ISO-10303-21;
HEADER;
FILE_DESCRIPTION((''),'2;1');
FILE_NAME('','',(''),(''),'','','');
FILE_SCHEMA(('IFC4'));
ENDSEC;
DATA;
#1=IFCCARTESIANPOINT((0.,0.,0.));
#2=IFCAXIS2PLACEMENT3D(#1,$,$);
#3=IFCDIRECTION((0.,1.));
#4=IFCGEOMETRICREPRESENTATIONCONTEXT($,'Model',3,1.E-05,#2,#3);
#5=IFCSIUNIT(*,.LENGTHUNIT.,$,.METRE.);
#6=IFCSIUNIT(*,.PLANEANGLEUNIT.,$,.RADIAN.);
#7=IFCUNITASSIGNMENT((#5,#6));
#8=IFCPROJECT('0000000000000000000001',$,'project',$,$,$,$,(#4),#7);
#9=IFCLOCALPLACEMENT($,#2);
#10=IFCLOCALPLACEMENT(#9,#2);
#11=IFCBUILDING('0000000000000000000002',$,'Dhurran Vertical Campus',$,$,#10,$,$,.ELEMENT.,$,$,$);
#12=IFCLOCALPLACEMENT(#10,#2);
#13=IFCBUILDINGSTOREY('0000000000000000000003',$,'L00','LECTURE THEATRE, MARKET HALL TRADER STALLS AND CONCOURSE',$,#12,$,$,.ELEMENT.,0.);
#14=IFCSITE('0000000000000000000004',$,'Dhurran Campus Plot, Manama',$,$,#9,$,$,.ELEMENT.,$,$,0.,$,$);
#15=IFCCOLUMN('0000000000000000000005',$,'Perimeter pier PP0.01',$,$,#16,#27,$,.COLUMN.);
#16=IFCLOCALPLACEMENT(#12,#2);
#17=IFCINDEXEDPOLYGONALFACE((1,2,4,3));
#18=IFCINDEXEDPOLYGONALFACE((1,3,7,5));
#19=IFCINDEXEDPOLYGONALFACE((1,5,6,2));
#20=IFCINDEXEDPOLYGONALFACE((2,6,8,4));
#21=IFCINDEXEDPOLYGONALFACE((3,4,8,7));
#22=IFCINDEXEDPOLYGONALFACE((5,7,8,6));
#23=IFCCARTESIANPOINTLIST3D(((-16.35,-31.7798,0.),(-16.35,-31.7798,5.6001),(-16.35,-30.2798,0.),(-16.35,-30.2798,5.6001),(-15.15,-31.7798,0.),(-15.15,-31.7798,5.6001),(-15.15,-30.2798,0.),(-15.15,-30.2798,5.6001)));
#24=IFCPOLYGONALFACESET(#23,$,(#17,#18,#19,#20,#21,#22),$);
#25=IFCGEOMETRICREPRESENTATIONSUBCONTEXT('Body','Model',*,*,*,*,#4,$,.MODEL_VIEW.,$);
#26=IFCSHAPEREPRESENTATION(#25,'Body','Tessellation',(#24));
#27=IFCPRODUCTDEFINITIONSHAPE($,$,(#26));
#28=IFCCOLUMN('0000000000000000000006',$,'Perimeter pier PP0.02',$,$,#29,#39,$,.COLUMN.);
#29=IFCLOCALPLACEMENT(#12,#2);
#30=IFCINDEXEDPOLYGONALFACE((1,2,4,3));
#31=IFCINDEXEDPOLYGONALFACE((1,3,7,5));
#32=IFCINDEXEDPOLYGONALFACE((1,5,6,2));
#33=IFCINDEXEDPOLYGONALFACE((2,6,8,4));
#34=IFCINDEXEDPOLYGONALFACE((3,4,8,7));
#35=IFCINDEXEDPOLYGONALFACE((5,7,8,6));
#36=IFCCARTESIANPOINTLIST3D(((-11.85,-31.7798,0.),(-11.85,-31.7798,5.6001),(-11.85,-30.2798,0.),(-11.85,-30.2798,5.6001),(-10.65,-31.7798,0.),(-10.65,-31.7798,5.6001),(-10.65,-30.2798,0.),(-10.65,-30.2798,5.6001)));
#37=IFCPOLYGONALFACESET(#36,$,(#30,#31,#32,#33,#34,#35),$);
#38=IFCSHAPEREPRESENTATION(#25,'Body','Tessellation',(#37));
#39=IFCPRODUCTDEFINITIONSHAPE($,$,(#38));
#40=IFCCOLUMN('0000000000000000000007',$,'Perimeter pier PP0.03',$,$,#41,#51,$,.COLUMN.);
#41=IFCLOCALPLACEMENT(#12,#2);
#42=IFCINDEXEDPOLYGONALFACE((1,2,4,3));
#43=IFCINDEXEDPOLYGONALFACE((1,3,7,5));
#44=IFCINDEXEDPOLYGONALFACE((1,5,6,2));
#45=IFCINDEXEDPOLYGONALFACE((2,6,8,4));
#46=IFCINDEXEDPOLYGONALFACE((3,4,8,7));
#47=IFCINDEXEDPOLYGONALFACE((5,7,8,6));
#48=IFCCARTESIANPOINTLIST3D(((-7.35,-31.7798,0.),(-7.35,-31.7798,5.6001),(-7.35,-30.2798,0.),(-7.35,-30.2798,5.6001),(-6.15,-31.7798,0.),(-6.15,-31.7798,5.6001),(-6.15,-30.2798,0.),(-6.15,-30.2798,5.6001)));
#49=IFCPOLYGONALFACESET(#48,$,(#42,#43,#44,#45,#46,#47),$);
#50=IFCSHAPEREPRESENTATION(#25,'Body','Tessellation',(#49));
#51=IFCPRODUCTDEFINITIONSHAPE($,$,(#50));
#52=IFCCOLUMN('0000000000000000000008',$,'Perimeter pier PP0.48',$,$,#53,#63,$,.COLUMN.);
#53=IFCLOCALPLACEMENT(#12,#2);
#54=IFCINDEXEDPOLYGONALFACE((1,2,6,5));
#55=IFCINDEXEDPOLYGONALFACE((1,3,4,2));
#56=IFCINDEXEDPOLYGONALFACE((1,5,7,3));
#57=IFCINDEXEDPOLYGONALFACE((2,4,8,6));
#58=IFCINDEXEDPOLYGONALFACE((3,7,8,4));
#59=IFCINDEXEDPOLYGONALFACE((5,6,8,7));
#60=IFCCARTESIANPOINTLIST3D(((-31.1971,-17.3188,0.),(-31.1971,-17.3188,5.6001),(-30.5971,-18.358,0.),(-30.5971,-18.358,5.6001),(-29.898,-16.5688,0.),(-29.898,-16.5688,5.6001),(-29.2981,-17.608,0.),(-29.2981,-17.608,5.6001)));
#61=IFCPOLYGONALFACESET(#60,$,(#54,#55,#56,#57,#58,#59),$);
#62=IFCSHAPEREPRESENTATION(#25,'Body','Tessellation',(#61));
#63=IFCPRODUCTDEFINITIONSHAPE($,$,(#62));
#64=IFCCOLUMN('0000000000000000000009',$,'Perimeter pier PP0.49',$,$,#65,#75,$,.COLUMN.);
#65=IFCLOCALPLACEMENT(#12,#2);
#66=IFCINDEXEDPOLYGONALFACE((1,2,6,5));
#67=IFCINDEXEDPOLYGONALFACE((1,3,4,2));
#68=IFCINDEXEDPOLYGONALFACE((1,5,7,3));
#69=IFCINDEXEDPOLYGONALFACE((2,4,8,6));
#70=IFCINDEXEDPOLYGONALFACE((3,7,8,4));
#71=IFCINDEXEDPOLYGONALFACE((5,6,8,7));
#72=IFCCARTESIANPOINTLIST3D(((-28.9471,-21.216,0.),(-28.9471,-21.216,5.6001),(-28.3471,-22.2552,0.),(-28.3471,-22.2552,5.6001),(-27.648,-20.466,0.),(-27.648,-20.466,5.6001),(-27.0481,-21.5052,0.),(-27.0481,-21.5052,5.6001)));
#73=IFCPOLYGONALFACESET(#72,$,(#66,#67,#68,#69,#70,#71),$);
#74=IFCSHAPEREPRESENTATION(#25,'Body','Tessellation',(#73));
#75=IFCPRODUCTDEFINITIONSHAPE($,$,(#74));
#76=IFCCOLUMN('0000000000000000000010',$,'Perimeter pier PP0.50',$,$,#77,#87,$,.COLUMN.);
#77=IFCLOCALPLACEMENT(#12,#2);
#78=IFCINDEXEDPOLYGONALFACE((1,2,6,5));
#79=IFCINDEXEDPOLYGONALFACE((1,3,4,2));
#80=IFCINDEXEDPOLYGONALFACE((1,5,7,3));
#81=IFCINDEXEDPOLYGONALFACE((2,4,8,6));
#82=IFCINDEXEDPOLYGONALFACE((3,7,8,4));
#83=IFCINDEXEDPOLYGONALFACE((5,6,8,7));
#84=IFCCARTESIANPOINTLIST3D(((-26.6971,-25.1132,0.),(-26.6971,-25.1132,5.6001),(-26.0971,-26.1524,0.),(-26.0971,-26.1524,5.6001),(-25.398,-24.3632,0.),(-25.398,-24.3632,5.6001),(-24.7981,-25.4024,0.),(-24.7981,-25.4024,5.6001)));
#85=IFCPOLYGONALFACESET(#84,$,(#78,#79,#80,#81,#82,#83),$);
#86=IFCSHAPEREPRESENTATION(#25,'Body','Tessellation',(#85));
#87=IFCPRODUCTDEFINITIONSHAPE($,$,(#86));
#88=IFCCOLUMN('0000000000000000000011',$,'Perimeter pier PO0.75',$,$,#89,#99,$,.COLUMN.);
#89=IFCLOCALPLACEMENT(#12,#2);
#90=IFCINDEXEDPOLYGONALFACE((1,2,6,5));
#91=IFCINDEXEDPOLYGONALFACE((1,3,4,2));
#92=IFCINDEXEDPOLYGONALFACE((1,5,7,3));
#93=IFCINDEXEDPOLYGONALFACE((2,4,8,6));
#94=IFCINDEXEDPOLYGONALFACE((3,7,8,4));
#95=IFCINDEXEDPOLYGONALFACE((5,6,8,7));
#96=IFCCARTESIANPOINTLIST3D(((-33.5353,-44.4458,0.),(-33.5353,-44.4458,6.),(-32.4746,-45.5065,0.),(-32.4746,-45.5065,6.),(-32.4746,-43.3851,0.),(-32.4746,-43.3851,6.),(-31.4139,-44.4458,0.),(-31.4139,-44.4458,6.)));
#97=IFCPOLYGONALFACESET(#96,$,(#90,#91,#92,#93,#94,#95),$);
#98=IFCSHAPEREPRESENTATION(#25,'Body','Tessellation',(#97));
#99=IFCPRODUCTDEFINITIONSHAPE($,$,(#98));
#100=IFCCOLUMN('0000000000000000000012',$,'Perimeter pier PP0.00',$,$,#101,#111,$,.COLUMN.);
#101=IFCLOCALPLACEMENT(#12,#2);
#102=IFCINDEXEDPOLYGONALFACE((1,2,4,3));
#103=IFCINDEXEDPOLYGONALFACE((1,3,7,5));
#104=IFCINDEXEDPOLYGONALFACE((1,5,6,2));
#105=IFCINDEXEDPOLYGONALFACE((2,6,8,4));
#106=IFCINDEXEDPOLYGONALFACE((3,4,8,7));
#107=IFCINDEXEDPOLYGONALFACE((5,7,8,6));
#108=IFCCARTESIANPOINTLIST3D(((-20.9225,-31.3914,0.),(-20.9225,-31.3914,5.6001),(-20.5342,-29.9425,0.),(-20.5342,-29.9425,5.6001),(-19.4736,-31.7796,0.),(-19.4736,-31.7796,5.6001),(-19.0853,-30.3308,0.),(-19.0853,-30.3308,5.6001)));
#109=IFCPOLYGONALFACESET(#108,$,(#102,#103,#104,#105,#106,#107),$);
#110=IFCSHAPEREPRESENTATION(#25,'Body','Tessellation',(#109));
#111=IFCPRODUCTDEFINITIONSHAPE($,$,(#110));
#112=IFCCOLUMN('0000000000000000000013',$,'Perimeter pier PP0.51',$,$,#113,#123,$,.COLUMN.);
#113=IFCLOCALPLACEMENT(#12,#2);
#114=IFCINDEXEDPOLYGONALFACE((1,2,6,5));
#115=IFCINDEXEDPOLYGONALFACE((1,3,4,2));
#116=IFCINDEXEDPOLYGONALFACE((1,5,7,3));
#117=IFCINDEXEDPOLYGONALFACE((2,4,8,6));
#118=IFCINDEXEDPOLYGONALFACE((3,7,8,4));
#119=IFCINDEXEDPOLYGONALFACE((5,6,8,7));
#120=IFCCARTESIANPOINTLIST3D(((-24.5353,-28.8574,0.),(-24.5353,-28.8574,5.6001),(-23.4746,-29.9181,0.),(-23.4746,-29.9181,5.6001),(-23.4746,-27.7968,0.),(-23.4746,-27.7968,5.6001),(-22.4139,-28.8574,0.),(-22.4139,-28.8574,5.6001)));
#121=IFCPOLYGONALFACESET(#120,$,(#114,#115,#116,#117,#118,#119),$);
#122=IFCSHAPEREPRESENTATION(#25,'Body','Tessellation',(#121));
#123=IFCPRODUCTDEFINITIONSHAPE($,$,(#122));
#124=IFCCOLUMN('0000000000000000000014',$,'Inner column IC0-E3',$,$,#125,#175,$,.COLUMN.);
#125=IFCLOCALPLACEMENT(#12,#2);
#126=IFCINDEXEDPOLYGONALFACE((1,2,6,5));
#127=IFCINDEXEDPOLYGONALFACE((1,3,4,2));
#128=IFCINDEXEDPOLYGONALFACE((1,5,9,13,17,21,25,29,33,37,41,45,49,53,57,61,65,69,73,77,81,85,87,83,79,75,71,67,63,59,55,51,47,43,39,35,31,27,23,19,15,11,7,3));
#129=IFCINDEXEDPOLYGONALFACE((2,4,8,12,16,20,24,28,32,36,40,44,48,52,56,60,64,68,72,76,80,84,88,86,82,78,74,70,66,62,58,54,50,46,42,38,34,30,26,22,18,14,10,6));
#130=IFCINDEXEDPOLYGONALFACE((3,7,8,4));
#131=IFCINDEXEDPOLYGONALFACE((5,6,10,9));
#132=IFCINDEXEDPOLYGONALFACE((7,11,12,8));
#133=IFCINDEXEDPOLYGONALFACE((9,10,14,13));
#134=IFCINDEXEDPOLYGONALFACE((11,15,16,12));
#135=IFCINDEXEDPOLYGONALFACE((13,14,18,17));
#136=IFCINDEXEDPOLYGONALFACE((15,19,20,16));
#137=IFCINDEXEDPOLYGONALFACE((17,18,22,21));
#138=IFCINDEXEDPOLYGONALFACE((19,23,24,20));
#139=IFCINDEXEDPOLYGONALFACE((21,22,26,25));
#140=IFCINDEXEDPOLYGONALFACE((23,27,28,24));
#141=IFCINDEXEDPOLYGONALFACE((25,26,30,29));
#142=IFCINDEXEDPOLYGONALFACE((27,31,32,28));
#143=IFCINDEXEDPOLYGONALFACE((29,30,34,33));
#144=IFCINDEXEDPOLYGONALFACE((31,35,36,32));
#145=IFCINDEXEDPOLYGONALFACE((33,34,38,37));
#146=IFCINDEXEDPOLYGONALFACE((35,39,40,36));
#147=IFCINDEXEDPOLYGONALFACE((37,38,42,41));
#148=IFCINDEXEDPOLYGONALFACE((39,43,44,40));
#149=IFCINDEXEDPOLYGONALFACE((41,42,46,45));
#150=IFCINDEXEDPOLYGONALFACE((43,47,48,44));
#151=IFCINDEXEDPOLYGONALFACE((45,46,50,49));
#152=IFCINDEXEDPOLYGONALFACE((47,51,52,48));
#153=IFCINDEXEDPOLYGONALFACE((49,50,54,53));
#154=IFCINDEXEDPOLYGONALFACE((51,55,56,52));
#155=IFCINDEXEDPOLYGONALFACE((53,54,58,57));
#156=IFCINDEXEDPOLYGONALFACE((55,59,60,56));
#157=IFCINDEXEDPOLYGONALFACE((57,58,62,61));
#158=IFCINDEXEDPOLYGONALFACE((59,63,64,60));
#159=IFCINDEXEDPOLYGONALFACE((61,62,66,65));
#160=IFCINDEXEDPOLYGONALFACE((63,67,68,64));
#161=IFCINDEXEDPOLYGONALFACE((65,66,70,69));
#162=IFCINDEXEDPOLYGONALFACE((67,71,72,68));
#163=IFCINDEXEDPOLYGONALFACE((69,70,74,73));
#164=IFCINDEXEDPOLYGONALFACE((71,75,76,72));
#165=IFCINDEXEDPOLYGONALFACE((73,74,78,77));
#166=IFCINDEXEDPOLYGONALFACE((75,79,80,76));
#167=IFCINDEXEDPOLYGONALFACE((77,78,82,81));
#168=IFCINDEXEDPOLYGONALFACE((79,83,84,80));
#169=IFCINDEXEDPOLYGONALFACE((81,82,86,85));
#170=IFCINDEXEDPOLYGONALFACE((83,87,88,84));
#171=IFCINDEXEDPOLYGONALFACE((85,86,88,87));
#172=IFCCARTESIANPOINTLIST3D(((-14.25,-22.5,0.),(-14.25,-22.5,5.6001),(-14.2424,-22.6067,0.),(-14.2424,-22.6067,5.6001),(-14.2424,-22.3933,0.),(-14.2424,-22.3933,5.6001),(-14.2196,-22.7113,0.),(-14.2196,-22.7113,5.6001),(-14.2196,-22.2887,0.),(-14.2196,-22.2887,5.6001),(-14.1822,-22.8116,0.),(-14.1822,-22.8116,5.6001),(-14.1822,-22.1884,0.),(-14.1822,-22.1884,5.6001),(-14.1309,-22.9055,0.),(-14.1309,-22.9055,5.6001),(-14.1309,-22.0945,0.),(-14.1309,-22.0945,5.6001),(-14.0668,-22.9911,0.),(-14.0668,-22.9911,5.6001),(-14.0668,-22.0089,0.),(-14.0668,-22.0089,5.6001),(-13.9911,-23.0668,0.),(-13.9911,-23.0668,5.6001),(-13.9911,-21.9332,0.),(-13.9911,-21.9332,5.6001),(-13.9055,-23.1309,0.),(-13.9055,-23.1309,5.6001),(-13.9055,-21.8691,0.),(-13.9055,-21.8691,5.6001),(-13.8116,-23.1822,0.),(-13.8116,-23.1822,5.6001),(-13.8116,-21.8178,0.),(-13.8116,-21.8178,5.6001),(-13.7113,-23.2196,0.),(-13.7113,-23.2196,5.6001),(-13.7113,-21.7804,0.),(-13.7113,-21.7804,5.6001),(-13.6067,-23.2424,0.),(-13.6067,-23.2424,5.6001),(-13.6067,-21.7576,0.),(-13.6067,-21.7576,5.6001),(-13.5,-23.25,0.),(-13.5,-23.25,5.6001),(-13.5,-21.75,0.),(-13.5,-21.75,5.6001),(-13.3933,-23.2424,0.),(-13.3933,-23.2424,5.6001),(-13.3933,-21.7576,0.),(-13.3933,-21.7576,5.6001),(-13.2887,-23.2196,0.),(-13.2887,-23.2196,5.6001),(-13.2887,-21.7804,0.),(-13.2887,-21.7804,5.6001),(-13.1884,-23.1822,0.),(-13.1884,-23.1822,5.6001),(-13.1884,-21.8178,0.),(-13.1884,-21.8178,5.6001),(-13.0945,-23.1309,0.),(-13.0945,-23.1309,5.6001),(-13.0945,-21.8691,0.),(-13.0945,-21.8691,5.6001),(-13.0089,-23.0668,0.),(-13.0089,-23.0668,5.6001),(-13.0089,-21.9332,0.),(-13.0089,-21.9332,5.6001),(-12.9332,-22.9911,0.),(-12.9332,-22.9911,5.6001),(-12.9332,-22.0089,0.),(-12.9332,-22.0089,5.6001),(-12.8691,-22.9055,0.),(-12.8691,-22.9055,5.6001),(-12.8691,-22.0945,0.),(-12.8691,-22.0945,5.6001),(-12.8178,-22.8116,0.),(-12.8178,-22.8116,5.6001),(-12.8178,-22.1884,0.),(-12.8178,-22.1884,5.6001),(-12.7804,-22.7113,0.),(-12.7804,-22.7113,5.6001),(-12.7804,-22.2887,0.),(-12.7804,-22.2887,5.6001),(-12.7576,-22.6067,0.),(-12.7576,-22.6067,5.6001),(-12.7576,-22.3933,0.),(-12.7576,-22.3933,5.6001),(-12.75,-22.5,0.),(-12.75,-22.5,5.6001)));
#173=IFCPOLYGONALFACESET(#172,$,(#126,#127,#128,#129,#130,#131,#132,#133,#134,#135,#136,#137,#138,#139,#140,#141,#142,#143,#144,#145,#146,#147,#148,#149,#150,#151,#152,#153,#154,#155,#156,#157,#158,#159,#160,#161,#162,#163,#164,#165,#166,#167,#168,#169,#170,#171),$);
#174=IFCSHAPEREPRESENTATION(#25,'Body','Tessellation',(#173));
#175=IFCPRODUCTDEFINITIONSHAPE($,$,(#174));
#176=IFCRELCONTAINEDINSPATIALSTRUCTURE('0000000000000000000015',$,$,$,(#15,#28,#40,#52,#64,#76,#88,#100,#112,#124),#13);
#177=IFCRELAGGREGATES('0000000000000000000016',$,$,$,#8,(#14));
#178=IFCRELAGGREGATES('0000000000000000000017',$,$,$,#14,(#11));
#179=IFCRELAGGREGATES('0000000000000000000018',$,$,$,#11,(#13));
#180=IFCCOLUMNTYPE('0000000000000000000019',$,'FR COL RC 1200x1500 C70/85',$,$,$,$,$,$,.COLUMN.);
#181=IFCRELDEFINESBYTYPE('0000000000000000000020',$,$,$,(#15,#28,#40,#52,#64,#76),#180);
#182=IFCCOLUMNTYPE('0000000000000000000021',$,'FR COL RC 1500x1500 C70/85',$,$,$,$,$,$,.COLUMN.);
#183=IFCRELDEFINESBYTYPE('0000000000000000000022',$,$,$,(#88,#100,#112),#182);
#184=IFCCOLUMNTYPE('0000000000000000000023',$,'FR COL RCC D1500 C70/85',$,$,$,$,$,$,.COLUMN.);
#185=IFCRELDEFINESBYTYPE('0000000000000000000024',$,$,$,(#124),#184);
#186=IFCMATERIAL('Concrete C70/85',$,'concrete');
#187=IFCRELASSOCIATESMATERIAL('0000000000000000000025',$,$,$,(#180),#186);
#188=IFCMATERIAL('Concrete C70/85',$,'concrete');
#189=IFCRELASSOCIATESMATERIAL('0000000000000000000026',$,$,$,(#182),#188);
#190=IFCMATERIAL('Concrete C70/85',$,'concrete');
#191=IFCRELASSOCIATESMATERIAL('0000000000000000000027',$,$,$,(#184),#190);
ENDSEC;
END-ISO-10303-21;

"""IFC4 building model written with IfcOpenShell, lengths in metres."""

from ifc_helpers import new_model, si_unit, direction, frame, origin, origin_2d, place, context, subcontext, project, spatial, rectangle, circle, extrude, material, material_profile, profile_set, type_object, element, save


model = new_model("IFC4")

# Units and contexts
model_context = context("Model", 3, precision=1e-05, world=origin(), true_north=direction((0.0, 1.0)))
body_context = subcontext(model_context, "Body", "Model", "MODEL_VIEW")
ifc_project = project(units=[si_unit("LENGTHUNIT", "METRE"), si_unit("PLANEANGLEUNIT", "RADIAN")], contexts=[model_context])

# Site, building, storey
site_placement = place(None, origin())
site = spatial("IfcSite", under=ifc_project, at=site_placement, Name="Dhurran Campus Plot, Manama", CompositionType="ELEMENT", RefElevation=0.0)
building_placement = place(site_placement, origin())
building = spatial("IfcBuilding", under=site, at=building_placement, Name="Dhurran Vertical Campus", CompositionType="ELEMENT")
storey_placement = place(building_placement, origin())
storey = spatial("IfcBuildingStorey", under=building, at=storey_placement, Name="L00", Description="LECTURE THEATRE, MARKET HALL TRADER STALLS AND CONCOURSE", CompositionType="ELEMENT", Elevation=0.0)

# Columns
ifc_material_1 = material(Name="Concrete C70/85", Category="concrete")
ifc_material_profile_1 = material_profile(ifc_material_1, rectangle(XDim=1.2, YDim=1.5, at=origin_2d()), Name="RC 1200x1500")
ifc_profile_set_1 = profile_set([ifc_material_profile_1], Name="Concrete C70/85")
column_type_1 = type_object("IfcColumnType", Name="FR COL RC 1200x1500 C70/85", PredefinedType="COLUMN", material=ifc_profile_set_1)
for number, where, z_axis, x_axis, name in (
    (1, (-15.75, -31.0298, 0.0), (0.0, 0.0, 1.0), (1.0, 0.0, 0.0), "Perimeter pier PP0.01"),
    (2, (-11.25, -31.0298, 0.0), (0.0, 0.0, 1.0), (1.0, 0.0, 0.0), "Perimeter pier PP0.02"),
    (3, (-6.75, -31.0298, 0.0), (0.0, 0.0, 1.0), (1.0, 0.0, 0.0), "Perimeter pier PP0.03"),
    (4, (-30.2476, -17.4634, 0.0), (0.0, 0.0, 1.0), (0.5, -0.866025, 0.0), "Perimeter pier PP0.48"),
    (5, (-27.9976, -21.3606, 0.0), (0.0, 0.0, 1.0), (0.5, -0.866025, 0.0), "Perimeter pier PP0.49"),
    (6, (-25.7476, -25.2578, 0.0), (0.0, 0.0, 1.0), (0.5, -0.866025, 0.0), "Perimeter pier PP0.50"),
):
    element("IfcColumn", number, at=place(storey_placement, frame(where, z_axis=z_axis, x_axis=x_axis)), inside=storey, type_object=column_type_1, Name=name, PredefinedType="COLUMN", context=body_context, shape_type="SweptSolid", body=[
        extrude(rectangle(XDim=1.2, YDim=1.5, at=origin_2d()), origin(), (0.0, 0.0, 1.0), 5.6001),
    ])
ifc_material_2 = material(Name="Concrete C70/85", Category="concrete")
ifc_material_profile_2 = material_profile(ifc_material_2, rectangle(XDim=1.5, YDim=1.5, at=origin_2d()), Name="RC 1500x1500")
ifc_profile_set_2 = profile_set([ifc_material_profile_2], Name="Concrete C70/85")
column_type_2 = type_object("IfcColumnType", Name="FR COL RC 1500x1500 C70/85", PredefinedType="COLUMN", material=ifc_profile_set_2)
column_placement = place(storey_placement, frame((-32.4746, -44.4458, 0.0), z_axis=(0.0, 0.0, 1.0), x_axis=(0.707107, -0.707107, 0.0)))
element("IfcColumn", 7, at=column_placement, inside=storey, type_object=column_type_2, Name="Perimeter pier PO0.75", PredefinedType="COLUMN", context=body_context, shape_type="SweptSolid", body=[
    extrude(rectangle(XDim=1.5, YDim=1.5, at=origin_2d()), origin(), (0.0, 0.0, 1.0), 6.0),
])
for number, where, z_axis, x_axis, name in (
    (8, (-20.0039, -30.8611, 0.0), (0.0, 0.0, 1.0), (0.965926, -0.258819, 0.0), "Perimeter pier PP0.00"),
    (9, (-23.4746, -28.8574, 0.0), (0.0, 0.0, 1.0), (0.707107, -0.707107, 0.0), "Perimeter pier PP0.51"),
):
    element("IfcColumn", number, at=place(storey_placement, frame(where, z_axis=z_axis, x_axis=x_axis)), inside=storey, type_object=column_type_2, Name=name, PredefinedType="COLUMN", context=body_context, shape_type="SweptSolid", body=[
        extrude(rectangle(XDim=1.5, YDim=1.5, at=origin_2d()), origin(), (0.0, 0.0, 1.0), 5.6001),
    ])
ifc_material_3 = material(Name="Concrete C70/85", Category="concrete")
ifc_material_profile_3 = material_profile(ifc_material_3, circle(Radius=0.75, at=origin_2d()), Name="RCC D1500")
ifc_profile_set_3 = profile_set([ifc_material_profile_3], Name="Concrete C70/85")
column_type_3 = type_object("IfcColumnType", Name="FR COL RCC D1500 C70/85", PredefinedType="COLUMN", material=ifc_profile_set_3)
for number, where, z_axis, x_axis, name in (
    (10, (-13.5, -22.5, 0.0), (0.0, 0.0, 1.0), (1.0, 0.0, 0.0), "Inner column IC0-E3"),
):
    element("IfcColumn", number, at=place(storey_placement, frame(where, z_axis=z_axis, x_axis=x_axis)), inside=storey, type_object=column_type_3, Name=name, PredefinedType="COLUMN", context=body_context, shape_type="SweptSolid", body=[
        extrude(circle(Radius=0.75, at=origin_2d()), origin(), (0.0, 0.0, 1.0), 5.6001),
    ])

save(model, "model.ifc")
